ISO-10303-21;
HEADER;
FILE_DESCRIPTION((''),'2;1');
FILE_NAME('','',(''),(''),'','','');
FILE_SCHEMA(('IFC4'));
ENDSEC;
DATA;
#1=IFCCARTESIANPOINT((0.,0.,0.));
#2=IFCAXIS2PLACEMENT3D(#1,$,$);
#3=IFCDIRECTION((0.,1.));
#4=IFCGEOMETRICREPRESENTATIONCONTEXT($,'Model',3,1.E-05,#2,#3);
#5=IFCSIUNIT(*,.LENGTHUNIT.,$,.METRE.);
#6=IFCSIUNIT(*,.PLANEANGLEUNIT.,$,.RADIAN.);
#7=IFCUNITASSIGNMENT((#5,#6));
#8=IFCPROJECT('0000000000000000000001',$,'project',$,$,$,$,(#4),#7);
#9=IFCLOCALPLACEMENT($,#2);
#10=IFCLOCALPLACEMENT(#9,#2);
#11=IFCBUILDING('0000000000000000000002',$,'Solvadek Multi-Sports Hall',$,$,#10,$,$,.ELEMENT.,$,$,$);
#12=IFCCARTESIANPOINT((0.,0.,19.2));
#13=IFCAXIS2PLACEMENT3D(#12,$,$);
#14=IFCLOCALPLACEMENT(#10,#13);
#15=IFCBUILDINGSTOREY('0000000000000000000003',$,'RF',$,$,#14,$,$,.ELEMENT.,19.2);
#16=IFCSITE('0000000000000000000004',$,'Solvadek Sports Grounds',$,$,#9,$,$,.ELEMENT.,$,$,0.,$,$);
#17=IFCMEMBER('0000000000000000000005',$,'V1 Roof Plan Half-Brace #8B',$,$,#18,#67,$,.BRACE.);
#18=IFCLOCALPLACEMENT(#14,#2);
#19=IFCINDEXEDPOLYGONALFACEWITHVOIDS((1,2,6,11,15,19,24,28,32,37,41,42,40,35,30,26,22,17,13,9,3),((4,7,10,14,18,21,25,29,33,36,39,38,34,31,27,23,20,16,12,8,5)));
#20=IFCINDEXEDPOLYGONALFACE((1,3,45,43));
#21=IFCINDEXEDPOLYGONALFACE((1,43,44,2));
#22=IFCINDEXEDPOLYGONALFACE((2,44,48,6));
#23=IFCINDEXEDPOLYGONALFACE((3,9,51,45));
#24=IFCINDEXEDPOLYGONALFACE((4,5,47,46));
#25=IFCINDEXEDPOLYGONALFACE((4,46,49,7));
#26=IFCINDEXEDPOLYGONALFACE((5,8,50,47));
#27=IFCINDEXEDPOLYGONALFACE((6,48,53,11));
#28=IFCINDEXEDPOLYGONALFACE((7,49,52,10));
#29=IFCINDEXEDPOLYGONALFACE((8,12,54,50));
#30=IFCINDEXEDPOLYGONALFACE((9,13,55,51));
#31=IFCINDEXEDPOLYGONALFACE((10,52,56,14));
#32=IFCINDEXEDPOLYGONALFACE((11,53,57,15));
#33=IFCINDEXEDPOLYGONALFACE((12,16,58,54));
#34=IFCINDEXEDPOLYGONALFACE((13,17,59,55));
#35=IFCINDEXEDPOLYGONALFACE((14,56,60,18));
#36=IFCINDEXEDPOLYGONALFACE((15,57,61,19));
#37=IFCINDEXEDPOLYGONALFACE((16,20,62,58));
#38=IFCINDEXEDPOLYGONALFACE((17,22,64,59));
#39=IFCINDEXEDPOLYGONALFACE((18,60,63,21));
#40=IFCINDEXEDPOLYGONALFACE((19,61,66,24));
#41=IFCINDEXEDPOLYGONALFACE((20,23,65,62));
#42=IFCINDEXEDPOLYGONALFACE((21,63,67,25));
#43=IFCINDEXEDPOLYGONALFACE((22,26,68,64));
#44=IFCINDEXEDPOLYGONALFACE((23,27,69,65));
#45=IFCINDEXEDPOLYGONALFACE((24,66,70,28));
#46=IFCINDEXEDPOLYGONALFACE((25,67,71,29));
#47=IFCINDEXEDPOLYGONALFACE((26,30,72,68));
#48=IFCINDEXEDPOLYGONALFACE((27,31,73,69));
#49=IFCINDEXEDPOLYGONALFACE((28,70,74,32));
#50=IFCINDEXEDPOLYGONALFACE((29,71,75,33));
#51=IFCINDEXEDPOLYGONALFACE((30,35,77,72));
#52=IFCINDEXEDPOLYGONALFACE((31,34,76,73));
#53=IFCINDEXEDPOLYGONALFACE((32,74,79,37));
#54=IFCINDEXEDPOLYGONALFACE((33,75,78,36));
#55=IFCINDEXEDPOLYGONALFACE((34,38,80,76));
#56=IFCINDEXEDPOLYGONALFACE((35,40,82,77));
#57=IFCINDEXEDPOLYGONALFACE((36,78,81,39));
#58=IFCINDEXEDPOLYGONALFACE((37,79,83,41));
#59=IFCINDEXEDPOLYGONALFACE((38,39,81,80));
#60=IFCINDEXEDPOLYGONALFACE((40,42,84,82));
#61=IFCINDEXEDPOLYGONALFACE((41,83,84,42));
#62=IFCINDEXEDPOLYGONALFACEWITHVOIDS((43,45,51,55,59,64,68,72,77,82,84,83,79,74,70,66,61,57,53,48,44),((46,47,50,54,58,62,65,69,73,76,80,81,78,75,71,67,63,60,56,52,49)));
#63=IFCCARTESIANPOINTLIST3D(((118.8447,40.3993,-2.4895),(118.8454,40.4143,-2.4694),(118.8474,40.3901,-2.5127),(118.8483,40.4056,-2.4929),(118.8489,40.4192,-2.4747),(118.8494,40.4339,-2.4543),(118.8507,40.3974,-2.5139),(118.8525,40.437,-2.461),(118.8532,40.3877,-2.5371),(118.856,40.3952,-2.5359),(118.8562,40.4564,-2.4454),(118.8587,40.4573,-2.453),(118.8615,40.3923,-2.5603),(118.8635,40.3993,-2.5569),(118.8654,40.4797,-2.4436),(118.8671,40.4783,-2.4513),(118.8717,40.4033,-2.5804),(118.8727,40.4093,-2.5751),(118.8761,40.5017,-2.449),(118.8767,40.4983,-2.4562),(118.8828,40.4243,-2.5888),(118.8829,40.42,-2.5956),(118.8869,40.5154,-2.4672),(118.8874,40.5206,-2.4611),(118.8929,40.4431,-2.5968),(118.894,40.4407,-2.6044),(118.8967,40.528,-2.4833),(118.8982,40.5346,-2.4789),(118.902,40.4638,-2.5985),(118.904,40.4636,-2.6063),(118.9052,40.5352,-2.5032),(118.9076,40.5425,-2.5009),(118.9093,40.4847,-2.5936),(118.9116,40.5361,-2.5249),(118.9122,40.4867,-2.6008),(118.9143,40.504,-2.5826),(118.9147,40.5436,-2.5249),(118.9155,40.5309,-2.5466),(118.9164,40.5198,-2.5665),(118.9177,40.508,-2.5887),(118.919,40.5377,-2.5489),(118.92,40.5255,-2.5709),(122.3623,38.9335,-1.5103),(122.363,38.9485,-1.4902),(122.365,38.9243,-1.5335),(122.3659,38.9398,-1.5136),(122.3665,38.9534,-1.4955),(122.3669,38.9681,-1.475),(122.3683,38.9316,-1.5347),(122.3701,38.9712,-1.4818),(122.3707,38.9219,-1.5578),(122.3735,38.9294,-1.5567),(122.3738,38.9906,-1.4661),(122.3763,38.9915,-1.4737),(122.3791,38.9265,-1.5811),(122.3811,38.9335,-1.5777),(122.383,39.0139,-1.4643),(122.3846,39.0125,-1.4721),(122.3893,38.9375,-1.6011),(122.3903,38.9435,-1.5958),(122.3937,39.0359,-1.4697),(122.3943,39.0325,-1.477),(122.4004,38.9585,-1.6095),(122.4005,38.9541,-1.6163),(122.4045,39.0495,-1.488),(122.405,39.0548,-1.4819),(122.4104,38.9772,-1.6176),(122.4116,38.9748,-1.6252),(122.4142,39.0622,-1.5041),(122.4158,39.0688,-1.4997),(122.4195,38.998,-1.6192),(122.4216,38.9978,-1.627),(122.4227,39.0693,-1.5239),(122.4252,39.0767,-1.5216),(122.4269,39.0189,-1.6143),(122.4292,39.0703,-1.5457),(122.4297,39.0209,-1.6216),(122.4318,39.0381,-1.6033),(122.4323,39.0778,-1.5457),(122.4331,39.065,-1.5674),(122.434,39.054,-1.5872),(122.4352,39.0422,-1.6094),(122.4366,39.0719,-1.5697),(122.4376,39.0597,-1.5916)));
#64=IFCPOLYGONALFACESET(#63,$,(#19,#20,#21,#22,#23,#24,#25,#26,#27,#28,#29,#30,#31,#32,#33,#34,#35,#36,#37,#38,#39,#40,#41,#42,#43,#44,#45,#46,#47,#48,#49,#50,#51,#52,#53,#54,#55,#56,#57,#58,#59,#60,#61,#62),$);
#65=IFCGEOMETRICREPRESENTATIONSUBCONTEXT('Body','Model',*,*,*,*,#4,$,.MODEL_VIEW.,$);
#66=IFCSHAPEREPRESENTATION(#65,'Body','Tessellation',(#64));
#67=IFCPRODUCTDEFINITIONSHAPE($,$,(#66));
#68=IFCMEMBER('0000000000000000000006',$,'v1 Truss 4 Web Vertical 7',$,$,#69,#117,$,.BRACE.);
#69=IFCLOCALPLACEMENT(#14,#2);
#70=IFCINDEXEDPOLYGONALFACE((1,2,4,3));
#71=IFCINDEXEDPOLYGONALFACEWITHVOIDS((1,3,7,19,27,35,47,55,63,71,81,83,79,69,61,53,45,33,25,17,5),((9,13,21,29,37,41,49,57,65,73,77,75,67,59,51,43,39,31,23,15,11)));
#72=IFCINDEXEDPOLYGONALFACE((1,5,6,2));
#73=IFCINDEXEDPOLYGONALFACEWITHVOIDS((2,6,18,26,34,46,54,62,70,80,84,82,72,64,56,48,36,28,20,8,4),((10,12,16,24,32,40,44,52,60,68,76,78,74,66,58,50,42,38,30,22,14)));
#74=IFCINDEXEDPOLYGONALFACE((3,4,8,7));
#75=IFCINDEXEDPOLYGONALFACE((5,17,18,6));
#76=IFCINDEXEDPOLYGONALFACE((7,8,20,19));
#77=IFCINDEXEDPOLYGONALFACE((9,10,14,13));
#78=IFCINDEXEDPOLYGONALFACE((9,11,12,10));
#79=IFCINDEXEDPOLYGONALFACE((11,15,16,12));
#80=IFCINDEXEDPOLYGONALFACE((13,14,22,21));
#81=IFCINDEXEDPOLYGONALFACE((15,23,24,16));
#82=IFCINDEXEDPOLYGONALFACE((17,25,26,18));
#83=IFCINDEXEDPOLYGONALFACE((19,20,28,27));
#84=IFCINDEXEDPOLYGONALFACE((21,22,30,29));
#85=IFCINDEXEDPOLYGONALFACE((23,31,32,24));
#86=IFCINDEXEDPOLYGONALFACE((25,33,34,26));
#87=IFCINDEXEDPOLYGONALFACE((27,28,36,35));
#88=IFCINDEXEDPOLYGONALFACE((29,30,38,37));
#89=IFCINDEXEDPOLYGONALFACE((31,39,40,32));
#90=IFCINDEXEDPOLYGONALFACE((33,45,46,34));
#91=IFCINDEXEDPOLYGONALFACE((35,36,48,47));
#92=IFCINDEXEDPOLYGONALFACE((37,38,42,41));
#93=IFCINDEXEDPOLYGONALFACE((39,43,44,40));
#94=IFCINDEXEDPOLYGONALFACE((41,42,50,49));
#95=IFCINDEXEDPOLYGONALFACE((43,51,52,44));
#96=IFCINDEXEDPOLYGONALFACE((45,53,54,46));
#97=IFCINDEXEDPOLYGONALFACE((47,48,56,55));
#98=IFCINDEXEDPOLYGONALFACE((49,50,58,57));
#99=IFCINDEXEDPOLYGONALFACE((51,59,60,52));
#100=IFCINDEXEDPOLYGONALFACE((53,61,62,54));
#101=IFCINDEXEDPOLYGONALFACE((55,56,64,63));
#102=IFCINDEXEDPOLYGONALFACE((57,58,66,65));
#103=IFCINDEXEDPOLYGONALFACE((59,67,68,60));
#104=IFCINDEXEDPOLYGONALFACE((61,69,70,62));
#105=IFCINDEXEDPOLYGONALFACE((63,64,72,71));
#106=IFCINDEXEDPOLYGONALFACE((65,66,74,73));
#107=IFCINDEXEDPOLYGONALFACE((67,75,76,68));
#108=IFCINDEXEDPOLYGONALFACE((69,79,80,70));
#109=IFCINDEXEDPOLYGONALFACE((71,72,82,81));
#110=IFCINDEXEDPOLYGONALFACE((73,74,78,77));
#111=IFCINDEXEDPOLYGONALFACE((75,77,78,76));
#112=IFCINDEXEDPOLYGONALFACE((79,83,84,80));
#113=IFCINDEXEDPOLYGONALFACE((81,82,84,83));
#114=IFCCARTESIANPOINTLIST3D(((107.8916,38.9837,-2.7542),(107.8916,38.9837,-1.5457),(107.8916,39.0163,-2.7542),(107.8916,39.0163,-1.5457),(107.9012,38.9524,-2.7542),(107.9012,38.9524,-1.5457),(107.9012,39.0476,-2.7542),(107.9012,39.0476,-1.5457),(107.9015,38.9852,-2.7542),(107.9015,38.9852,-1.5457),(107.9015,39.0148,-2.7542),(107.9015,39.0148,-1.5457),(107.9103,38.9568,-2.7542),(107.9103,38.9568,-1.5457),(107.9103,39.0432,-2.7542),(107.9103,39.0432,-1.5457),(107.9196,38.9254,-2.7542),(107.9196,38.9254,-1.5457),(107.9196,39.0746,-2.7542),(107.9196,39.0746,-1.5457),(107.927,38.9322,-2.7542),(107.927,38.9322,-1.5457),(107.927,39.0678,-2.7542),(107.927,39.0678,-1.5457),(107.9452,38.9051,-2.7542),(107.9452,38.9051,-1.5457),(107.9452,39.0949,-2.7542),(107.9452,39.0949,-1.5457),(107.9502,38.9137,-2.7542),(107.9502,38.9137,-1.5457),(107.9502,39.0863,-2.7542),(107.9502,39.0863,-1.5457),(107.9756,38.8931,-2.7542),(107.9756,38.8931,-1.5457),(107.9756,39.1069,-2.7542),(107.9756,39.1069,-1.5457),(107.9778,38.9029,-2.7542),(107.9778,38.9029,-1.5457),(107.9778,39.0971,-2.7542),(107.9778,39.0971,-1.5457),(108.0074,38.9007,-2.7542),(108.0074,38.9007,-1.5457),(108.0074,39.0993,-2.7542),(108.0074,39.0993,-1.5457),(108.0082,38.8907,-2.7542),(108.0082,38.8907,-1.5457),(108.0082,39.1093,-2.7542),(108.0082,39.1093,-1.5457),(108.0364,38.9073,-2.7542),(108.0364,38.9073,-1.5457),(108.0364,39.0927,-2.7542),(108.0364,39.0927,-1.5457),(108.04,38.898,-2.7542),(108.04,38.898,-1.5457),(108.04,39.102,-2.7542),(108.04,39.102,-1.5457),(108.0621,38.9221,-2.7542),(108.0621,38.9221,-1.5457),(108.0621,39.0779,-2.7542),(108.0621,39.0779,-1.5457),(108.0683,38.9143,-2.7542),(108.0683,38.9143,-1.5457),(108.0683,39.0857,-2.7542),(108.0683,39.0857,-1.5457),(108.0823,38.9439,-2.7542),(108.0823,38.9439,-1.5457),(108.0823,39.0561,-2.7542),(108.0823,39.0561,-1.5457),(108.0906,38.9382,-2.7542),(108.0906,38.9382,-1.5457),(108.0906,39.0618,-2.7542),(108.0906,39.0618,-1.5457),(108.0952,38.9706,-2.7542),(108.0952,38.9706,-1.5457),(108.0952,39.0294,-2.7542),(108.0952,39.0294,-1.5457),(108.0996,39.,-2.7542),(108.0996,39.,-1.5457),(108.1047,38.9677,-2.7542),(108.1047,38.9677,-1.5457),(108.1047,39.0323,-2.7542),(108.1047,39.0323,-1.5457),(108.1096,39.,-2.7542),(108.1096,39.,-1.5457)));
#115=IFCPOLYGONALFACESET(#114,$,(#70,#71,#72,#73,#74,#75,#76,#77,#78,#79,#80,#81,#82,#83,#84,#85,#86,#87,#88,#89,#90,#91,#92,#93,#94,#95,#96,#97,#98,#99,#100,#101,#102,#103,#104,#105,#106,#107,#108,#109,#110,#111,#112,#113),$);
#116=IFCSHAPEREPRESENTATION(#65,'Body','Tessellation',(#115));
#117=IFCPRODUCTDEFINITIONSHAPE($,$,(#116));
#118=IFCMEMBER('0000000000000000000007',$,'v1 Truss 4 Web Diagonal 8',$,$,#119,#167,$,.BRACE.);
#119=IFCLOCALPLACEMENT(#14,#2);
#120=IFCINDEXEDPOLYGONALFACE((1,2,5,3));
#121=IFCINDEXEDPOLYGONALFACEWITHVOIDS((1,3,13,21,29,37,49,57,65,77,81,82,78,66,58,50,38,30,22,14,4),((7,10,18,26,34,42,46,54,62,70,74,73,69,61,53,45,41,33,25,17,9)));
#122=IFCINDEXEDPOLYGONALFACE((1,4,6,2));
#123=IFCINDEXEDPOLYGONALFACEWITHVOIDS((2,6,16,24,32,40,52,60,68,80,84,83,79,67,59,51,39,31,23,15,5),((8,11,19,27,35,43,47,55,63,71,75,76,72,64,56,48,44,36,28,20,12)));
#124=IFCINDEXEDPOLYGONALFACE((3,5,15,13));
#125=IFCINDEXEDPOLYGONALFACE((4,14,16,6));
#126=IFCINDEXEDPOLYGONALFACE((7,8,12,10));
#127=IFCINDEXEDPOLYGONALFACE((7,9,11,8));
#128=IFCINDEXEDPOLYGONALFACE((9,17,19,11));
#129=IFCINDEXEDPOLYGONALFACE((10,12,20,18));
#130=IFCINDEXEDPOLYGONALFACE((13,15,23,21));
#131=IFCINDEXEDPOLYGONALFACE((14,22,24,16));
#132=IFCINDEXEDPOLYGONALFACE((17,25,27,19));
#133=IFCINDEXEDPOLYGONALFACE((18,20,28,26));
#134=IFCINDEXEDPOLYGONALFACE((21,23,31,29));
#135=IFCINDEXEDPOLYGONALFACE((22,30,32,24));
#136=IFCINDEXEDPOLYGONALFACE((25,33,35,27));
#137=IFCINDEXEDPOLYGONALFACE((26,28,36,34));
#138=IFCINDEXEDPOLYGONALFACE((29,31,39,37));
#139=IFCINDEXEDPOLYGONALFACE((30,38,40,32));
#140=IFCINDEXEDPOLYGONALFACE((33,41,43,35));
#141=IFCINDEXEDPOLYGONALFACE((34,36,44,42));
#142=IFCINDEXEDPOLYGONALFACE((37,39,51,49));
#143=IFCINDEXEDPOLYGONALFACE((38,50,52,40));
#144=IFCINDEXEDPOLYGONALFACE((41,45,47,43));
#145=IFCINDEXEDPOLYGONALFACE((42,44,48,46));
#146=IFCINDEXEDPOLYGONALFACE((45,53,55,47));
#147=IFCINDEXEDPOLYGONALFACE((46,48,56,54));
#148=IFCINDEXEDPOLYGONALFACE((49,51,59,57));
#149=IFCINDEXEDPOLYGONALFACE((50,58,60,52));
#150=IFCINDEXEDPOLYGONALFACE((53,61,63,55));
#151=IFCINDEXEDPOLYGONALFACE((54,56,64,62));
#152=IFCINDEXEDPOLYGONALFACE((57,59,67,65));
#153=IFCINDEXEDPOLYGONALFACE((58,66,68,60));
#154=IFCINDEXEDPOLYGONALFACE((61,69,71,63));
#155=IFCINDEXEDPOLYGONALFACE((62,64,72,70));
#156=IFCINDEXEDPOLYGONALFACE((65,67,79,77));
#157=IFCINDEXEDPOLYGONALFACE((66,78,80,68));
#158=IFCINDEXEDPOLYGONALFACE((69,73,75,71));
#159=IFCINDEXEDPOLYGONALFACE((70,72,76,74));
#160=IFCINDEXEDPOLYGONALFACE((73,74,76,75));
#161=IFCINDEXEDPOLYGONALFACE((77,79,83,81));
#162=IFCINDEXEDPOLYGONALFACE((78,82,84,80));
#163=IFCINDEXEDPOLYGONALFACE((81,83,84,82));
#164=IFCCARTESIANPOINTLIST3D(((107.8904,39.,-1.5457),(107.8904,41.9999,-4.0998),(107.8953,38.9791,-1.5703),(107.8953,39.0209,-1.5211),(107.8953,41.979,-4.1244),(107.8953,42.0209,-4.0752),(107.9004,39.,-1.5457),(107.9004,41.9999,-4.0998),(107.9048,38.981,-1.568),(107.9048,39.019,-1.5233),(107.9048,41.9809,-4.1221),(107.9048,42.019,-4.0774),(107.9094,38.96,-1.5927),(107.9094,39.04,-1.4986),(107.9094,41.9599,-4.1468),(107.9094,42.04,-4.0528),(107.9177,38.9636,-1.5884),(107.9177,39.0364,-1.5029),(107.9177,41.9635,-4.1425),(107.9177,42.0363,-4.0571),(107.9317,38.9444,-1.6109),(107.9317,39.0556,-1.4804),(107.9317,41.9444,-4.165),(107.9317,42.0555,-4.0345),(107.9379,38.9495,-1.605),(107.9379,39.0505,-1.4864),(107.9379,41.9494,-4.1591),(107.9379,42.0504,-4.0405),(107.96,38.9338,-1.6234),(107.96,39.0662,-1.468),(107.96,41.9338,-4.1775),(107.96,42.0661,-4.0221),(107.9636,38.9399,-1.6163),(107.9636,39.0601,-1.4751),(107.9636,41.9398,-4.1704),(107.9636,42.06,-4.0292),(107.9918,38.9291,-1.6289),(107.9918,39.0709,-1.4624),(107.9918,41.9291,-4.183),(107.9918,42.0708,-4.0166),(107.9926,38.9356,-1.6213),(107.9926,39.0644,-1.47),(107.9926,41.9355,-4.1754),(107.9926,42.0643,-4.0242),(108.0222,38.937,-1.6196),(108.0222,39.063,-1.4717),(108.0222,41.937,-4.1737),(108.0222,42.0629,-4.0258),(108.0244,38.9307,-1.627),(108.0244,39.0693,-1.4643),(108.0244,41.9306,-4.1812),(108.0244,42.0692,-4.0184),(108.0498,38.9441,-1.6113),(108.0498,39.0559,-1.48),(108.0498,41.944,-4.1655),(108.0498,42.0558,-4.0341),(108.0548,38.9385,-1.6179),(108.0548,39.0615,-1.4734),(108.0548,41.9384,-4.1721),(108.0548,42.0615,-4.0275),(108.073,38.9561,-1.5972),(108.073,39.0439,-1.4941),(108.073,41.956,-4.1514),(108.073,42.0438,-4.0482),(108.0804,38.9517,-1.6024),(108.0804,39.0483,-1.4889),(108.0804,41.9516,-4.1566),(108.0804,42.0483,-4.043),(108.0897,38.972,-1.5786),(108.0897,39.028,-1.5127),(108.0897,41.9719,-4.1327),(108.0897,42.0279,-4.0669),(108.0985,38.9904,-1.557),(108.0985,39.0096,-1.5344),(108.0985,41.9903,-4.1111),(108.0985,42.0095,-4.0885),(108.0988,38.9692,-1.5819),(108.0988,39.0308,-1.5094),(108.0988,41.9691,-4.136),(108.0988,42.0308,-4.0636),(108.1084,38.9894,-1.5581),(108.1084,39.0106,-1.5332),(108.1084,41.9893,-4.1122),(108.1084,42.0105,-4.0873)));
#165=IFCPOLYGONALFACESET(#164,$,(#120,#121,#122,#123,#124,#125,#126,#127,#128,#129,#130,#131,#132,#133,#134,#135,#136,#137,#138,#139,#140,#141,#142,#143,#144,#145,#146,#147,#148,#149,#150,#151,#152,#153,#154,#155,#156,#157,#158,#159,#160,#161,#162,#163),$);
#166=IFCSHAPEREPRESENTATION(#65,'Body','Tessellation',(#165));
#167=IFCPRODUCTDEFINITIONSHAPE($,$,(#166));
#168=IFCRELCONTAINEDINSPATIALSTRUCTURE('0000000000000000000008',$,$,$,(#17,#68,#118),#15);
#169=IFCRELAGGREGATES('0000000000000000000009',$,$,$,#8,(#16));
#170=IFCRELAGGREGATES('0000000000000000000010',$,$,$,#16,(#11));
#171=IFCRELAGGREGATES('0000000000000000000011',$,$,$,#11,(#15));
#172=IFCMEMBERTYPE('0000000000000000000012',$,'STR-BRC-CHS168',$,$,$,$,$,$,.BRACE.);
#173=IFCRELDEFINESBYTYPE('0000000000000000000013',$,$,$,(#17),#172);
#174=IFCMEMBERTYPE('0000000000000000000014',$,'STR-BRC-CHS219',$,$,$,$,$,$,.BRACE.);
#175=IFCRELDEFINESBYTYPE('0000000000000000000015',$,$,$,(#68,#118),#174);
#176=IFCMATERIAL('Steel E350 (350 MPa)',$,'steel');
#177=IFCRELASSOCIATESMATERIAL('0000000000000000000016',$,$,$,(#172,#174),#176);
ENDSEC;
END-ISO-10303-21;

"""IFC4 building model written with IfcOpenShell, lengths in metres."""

from ifc_helpers import new_model, si_unit, direction, frame, origin, origin_2d, place, context, subcontext, project, spatial, hollow_circle, extrude, material, material_profile, profile_set, type_object, element, save


model = new_model("IFC4")

# Units and contexts
model_context = context("Model", 3, precision=1e-05, world=origin(), true_north=direction((0.0, 1.0)))
body_context = subcontext(model_context, "Body", "Model", "MODEL_VIEW")
ifc_project = project(units=[si_unit("LENGTHUNIT", "METRE"), si_unit("PLANEANGLEUNIT", "RADIAN")], contexts=[model_context])

# Site, building, storey
site_placement = place(None, origin())
site = spatial("IfcSite", under=ifc_project, at=site_placement, Name="Solvadek Sports Grounds", CompositionType="ELEMENT", RefElevation=0.0)
building_placement = place(site_placement, origin())
building = spatial("IfcBuilding", under=site, at=building_placement, Name="Solvadek Multi-Sports Hall", CompositionType="ELEMENT")
storey_placement = place(building_placement, frame((0.0, 0.0, 19.2)))
storey = spatial("IfcBuildingStorey", under=building, at=storey_placement, Name="RF", CompositionType="ELEMENT", Elevation=19.2)

# Shared definitions
ifc_material_1 = material(Name="Steel E350 (350 MPa)", Category="steel")

# Members
ifc_material_profile_1 = material_profile(ifc_material_1, hollow_circle(Radius=0.0842, WallThickness=0.0081, at=origin_2d()), Name="CHS 168.3x8")
ifc_profile_set_1 = profile_set([ifc_material_profile_1], Name="Steel E350 (350 MPa)")
member_type_1 = type_object("IfcMemberType", Name="STR-BRC-CHS168", PredefinedType="BRACE", material=ifc_profile_set_1)
member_1_placement = place(storey_placement, frame((118.8823, 40.4658, -2.5249), z_axis=(0.894016, -0.372548, 0.248883), x_axis=(0.384652, 0.923062, 0.0)))
element("IfcMember", 1, at=member_1_placement, inside=storey, type_object=member_type_1, Name="V1 Roof Plan Half-Brace #8B", PredefinedType="BRACE", context=body_context, shape_type="SweptSolid", body=[
    extrude(hollow_circle(Radius=0.0842, WallThickness=0.0081, at=origin_2d()), origin(), (0.0, 0.0, 1.0), 3.9346),
])
ifc_material_profile_2 = material_profile(ifc_material_1, hollow_circle(Radius=0.1096, WallThickness=0.01, at=origin_2d()), Name="CHS 219.1x10")
ifc_profile_set_2 = profile_set([ifc_material_profile_2], Name="Steel E350 (350 MPa)")
member_type_2 = type_object("IfcMemberType", Name="STR-BRC-CHS219", PredefinedType="BRACE", material=ifc_profile_set_2)
member_2_placement = place(storey_placement, frame((108.0, 39.0, -2.7542), z_axis=(0.0, 0.0, 1.0), x_axis=(1.0, 0.0, 0.0)))
element("IfcMember", 2, at=member_2_placement, inside=storey, type_object=member_type_2, Name="v1 Truss 4 Web Vertical 7", PredefinedType="BRACE", context=body_context, shape_type="SweptSolid", body=[
    extrude(hollow_circle(Radius=0.1096, WallThickness=0.01, at=origin_2d()), origin(), (0.0, 0.0, 1.0), 1.2085),
])
member_3_placement = place(storey_placement, frame((108.0, 39.0, -1.5457), z_axis=(0.0, 0.761413, -0.648267), x_axis=(-1.0, 0.0, 0.0)))
element("IfcMember", 3, at=member_3_placement, inside=storey, type_object=member_type_2, Name="v1 Truss 4 Web Diagonal 8", PredefinedType="BRACE", context=body_context, shape_type="SweptSolid", body=[
    extrude(hollow_circle(Radius=0.1096, WallThickness=0.01, at=origin_2d()), origin(), (0.0, 0.0, 1.0), 3.9399),
])

save(model, "model.ifc")
